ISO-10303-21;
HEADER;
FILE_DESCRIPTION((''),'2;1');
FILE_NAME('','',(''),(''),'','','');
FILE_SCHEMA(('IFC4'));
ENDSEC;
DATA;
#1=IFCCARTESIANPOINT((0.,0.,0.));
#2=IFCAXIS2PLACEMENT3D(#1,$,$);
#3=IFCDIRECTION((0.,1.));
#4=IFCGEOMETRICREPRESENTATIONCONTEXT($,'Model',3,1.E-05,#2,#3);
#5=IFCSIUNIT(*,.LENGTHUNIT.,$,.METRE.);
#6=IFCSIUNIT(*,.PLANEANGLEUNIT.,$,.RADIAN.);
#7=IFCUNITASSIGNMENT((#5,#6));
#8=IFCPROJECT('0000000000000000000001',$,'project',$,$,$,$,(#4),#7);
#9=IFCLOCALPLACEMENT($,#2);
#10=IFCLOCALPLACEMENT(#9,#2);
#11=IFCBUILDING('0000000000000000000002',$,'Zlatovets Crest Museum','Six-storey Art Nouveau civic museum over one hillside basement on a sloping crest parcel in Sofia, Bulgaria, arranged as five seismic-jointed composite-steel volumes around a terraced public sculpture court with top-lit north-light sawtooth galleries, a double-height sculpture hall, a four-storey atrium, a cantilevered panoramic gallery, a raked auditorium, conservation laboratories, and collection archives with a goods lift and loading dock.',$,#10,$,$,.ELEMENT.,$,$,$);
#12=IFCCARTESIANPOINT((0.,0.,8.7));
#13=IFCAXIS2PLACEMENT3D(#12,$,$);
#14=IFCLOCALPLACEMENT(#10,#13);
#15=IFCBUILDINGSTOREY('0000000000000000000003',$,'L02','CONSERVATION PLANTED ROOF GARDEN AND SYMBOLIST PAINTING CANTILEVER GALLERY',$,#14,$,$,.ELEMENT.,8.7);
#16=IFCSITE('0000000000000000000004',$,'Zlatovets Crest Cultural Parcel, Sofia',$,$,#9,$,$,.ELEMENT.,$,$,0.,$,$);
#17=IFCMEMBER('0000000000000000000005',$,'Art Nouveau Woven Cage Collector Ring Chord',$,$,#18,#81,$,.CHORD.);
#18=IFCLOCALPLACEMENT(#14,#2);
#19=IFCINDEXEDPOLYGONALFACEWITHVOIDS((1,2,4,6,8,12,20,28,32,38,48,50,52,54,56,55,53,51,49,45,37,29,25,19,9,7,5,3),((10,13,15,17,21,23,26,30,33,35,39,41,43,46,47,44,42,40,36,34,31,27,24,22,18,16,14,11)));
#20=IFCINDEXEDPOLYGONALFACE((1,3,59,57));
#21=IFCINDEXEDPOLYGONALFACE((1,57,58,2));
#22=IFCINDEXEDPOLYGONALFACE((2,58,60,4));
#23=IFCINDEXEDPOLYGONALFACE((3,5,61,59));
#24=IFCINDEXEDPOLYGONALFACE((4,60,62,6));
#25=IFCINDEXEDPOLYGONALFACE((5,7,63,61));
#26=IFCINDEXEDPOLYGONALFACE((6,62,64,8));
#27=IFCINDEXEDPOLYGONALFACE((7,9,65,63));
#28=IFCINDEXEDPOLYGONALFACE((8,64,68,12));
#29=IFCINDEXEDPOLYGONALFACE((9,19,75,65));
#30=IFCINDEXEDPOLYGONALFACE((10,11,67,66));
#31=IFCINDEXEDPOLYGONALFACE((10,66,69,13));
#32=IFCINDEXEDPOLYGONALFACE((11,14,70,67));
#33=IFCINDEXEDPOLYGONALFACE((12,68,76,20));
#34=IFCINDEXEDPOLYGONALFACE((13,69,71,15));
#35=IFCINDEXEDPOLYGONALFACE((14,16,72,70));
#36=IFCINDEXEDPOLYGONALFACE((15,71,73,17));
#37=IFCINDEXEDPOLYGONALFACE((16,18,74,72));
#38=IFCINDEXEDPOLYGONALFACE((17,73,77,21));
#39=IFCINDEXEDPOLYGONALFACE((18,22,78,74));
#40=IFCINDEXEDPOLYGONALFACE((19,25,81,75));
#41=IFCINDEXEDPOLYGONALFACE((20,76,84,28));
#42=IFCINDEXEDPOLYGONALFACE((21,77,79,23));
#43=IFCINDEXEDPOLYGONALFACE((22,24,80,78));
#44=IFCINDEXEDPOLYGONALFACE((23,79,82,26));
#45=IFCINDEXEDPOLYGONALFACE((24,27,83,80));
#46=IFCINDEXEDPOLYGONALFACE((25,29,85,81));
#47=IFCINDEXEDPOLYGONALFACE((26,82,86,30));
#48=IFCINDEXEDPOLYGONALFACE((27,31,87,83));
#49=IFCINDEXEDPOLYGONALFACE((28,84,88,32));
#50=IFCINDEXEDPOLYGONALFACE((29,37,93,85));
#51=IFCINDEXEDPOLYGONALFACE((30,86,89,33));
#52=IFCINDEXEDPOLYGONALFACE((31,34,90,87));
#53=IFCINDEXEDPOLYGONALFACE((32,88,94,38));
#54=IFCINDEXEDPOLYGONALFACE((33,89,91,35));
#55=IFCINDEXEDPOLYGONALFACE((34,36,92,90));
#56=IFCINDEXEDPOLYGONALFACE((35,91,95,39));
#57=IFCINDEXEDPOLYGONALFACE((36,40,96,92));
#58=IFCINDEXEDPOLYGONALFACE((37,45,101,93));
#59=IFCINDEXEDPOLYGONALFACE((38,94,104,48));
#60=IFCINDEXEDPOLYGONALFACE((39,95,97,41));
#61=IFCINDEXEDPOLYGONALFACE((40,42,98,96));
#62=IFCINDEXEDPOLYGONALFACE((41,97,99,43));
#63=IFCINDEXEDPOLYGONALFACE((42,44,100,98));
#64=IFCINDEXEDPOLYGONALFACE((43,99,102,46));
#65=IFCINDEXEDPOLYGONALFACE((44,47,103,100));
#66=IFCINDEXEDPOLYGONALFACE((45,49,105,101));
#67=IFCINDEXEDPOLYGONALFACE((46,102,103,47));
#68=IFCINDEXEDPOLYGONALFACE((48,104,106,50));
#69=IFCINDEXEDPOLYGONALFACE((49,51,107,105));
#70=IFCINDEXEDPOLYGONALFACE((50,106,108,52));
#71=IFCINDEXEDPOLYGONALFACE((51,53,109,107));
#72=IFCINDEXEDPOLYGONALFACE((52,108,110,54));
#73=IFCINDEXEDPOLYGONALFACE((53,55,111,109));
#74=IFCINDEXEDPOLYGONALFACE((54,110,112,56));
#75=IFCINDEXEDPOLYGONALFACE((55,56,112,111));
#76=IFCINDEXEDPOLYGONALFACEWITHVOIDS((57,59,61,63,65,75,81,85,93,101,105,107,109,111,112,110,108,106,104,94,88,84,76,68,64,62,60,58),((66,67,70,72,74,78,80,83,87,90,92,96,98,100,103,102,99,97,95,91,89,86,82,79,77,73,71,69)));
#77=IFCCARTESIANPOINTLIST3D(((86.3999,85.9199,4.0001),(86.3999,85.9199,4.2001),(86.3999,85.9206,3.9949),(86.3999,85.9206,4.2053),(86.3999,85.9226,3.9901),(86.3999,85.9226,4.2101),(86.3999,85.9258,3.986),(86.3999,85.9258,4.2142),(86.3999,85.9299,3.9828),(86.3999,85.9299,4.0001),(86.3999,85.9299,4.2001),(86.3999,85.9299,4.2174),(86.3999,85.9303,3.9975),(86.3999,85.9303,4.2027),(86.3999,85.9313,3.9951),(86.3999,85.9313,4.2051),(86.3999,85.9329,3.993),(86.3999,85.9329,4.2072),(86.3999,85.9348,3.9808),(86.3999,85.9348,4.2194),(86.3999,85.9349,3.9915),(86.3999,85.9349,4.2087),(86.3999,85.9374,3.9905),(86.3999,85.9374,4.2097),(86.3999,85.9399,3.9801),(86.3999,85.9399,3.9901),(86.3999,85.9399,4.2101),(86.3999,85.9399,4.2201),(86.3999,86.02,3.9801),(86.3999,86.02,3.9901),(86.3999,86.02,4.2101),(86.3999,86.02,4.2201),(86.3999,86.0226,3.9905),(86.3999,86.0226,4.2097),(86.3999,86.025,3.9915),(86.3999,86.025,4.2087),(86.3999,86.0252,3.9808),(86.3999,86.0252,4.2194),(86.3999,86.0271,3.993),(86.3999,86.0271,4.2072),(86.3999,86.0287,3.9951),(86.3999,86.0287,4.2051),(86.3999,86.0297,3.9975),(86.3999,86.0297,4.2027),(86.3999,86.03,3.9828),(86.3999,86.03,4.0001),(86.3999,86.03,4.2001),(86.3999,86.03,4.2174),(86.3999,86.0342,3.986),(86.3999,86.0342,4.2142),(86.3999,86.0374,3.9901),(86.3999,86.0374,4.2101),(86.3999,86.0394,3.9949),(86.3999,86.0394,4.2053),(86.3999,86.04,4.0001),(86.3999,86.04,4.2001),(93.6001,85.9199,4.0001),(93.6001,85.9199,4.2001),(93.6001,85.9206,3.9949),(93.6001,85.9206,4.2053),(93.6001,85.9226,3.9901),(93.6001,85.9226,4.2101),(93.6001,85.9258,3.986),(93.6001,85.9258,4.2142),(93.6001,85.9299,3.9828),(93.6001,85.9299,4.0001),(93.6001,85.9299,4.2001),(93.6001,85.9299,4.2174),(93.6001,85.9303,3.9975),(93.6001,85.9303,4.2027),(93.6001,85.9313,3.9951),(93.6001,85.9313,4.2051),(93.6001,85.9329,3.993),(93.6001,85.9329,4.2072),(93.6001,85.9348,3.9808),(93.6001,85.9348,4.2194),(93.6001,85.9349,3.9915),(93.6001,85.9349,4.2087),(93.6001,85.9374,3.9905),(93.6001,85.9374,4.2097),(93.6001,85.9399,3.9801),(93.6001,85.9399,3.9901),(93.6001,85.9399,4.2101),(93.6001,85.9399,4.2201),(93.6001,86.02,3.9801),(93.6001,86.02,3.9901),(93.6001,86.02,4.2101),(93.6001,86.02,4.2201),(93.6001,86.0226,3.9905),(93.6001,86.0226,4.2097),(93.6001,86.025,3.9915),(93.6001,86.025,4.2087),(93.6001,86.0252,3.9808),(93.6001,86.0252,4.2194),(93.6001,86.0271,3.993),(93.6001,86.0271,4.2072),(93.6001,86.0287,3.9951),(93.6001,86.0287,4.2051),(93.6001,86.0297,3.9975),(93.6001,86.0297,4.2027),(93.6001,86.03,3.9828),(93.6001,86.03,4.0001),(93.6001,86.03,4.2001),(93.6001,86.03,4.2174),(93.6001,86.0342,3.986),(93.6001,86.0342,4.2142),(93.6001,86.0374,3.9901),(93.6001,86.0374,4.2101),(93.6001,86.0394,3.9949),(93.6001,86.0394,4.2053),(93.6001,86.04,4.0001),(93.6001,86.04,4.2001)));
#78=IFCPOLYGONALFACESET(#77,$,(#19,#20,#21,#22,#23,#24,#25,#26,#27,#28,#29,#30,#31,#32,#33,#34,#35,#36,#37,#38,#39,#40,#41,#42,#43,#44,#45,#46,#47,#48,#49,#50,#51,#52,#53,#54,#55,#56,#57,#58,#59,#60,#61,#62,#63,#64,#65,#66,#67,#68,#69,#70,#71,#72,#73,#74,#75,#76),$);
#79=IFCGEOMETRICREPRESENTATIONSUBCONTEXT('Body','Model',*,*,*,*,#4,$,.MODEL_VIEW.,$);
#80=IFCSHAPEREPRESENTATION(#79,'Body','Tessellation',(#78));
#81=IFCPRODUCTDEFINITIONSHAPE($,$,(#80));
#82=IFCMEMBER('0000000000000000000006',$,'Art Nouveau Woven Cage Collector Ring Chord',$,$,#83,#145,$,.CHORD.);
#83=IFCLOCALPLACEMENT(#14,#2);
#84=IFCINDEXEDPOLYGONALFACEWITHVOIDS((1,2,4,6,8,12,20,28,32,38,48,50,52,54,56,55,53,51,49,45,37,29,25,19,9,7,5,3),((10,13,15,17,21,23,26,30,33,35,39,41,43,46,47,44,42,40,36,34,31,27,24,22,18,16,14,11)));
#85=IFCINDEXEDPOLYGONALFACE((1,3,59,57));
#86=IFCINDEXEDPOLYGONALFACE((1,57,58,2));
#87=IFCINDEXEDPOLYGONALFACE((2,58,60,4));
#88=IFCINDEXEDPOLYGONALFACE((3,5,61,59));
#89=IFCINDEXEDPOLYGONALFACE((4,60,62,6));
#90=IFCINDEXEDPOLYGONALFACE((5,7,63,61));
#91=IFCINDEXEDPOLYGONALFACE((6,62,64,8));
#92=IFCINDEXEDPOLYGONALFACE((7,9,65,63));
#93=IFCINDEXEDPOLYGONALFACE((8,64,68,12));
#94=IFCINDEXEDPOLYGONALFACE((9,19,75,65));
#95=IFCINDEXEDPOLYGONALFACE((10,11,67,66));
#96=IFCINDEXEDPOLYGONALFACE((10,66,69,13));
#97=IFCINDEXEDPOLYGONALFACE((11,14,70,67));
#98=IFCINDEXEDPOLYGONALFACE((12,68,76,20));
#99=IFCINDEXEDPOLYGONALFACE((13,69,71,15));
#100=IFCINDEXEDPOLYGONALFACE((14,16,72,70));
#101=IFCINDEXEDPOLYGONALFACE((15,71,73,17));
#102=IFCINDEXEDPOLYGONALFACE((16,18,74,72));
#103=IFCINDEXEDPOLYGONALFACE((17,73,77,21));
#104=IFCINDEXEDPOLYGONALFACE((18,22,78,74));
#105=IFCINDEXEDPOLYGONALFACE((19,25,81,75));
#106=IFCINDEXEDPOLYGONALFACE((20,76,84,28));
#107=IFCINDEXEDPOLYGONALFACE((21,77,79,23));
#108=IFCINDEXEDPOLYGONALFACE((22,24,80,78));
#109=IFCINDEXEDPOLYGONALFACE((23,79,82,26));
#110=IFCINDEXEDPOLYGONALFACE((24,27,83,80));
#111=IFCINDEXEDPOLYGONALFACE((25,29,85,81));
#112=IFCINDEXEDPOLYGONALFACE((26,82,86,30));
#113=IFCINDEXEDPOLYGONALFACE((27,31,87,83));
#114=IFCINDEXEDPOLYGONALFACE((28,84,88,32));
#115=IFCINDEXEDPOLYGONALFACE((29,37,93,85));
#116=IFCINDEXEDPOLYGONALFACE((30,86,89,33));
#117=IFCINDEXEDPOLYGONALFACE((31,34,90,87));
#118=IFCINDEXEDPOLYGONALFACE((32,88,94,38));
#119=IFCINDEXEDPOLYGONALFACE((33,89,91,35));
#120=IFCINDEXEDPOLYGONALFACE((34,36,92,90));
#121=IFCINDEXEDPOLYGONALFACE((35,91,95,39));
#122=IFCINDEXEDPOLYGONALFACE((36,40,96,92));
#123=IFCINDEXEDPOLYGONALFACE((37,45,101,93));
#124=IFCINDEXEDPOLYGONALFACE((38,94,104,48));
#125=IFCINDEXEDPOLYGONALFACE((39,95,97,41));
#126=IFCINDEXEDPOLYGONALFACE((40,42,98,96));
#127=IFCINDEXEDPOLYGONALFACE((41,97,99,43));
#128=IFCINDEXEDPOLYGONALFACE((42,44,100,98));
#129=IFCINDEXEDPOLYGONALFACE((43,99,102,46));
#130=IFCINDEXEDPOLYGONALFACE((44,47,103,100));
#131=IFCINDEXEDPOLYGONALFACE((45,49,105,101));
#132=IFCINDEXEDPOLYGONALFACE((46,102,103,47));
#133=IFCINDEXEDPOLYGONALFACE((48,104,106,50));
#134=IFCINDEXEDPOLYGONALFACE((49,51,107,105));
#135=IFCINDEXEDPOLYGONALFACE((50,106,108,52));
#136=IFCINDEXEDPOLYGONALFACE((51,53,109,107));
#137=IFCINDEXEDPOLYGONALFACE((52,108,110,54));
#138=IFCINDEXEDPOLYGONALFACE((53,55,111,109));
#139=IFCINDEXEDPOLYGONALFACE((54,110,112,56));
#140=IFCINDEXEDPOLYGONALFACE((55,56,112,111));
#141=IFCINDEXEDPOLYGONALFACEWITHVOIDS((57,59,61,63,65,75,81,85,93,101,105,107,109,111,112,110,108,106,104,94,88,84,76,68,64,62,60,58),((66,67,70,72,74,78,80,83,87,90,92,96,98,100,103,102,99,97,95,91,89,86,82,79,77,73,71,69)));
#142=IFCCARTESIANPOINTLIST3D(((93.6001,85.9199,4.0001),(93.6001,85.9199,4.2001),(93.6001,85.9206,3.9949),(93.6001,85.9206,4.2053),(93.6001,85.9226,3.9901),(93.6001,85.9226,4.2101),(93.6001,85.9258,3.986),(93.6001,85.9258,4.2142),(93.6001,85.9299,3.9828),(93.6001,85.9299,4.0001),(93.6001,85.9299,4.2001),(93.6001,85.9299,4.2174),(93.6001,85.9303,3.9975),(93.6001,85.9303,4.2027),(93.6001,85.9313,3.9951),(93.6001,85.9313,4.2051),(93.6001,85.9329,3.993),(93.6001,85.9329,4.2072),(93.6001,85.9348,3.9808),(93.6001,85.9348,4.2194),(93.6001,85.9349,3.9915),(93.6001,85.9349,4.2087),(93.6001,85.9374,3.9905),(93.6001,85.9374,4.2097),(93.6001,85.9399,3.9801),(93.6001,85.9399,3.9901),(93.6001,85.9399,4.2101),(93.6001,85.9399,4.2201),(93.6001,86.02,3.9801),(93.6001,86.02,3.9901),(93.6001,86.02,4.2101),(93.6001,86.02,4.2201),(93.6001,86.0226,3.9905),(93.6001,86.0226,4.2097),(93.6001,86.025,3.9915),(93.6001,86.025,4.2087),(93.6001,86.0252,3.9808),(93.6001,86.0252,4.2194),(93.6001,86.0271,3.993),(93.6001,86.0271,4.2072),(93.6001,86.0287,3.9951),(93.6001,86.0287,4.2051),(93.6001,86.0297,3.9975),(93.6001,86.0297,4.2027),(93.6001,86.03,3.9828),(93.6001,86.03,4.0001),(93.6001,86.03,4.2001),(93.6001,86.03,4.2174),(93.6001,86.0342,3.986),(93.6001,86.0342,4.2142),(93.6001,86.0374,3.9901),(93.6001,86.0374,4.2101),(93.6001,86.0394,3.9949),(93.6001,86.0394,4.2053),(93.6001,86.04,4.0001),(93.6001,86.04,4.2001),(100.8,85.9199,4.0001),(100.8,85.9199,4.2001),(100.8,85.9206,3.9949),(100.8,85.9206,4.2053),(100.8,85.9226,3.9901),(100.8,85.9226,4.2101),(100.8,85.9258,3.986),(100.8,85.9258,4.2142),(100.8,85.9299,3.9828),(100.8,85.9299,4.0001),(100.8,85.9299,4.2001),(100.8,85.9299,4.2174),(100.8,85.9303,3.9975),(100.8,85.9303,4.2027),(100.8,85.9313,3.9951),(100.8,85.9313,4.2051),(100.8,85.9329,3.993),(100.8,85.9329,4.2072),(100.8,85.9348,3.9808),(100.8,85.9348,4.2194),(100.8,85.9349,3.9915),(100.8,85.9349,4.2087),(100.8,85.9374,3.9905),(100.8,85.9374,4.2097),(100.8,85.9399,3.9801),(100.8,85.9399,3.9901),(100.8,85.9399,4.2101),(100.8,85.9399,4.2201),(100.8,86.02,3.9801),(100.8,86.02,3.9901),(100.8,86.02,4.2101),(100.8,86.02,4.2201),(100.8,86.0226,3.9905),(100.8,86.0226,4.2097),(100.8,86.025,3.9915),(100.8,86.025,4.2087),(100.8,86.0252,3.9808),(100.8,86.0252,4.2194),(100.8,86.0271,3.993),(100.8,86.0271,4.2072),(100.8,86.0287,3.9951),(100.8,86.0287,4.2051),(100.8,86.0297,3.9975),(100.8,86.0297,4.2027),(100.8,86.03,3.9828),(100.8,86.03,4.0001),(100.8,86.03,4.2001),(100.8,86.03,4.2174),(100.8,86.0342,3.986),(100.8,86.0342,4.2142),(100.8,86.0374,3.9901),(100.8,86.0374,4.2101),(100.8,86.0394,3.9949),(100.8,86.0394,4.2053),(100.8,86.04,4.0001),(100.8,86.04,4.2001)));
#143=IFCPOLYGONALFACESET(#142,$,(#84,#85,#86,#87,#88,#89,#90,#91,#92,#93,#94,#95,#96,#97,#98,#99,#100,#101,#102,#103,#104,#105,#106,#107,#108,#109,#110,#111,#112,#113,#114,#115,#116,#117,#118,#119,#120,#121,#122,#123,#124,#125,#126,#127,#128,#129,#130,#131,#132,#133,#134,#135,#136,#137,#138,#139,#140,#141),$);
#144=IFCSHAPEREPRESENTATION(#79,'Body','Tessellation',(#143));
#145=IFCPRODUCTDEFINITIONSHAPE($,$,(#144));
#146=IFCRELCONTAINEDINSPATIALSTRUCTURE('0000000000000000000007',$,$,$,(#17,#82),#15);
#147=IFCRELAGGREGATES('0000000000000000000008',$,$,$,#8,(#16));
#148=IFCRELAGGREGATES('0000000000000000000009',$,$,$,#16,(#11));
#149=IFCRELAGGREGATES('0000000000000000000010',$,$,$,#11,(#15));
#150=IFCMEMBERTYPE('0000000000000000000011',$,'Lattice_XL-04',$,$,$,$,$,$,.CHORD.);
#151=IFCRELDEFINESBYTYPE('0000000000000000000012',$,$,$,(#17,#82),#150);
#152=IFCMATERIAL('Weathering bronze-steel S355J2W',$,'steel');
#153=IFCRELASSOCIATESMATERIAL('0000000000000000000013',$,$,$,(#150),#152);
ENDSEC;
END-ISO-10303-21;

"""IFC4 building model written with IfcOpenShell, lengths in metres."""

from ifc_helpers import new_model, si_unit, direction, frame, origin, origin_2d, place, context, subcontext, project, spatial, hollow_rectangle, extrude, material, material_profile, profile_set, type_object, element, save


model = new_model("IFC4")

# Units and contexts
model_context = context("Model", 3, precision=1e-05, world=origin(), true_north=direction((0.0, 1.0)))
body_context = subcontext(model_context, "Body", "Model", "MODEL_VIEW")
ifc_project = project(units=[si_unit("LENGTHUNIT", "METRE"), si_unit("PLANEANGLEUNIT", "RADIAN")], contexts=[model_context])

# Site, building, storey
site_placement = place(None, origin())
site = spatial("IfcSite", under=ifc_project, at=site_placement, Name="Zlatovets Crest Cultural Parcel, Sofia", CompositionType="ELEMENT", RefElevation=0.0)
building_placement = place(site_placement, origin())
building = spatial("IfcBuilding", under=site, at=building_placement, Name="Zlatovets Crest Museum", Description="Six-storey Art Nouveau civic museum over one hillside basement on a sloping crest parcel in Sofia, Bulgaria, arranged as five seismic-jointed composite-steel volumes around a terraced public sculpture court with top-lit north-light sawtooth galleries, a double-height sculpture hall, a four-storey atrium, a cantilevered panoramic gallery, a raked auditorium, conservation laboratories, and collection archives with a goods lift and loading dock.", CompositionType="ELEMENT")
storey_placement = place(building_placement, frame((0.0, 0.0, 8.7)))
storey = spatial("IfcBuildingStorey", under=building, at=storey_placement, Name="L02", Description="CONSERVATION PLANTED ROOF GARDEN AND SYMBOLIST PAINTING CANTILEVER GALLERY", CompositionType="ELEMENT", Elevation=8.7)

# Members
ifc_material_1 = material(Name="Weathering bronze-steel S355J2W", Category="steel")
ifc_material_profile_1 = material_profile(ifc_material_1, hollow_rectangle(XDim=0.1201, YDim=0.24, WallThickness=0.01, InnerFilletRadius=0.01, OuterFilletRadius=0.02, at=origin_2d()), Name="RHS 120x240x10.0")
ifc_profile_set_1 = profile_set([ifc_material_profile_1], Name="Weathering bronze-steel S355J2W")
member_type_1 = type_object("IfcMemberType", Name="Lattice_XL-04", PredefinedType="CHORD", material=ifc_profile_set_1)
member_1_placement = place(storey_placement, frame((86.3999, 85.98, 4.1001), z_axis=(1.0, 0.0, 0.0), x_axis=(0.0, 1.0, 0.0)))
element("IfcMember", 1, at=member_1_placement, inside=storey, type_object=member_type_1, Name="Art Nouveau Woven Cage Collector Ring Chord", PredefinedType="CHORD", context=body_context, shape_type="SweptSolid", body=[
    extrude(hollow_rectangle(XDim=0.1201, YDim=0.24, WallThickness=0.01, InnerFilletRadius=0.01, OuterFilletRadius=0.02, at=origin_2d()), origin(), (0.0, 0.0, 1.0), 7.2002),
])
for number, where, z_axis, x_axis, name in (
    (2, (93.6001, 85.98, 4.1001), (1.0, 0.0, 0.0), (0.0, 1.0, 0.0), "Art Nouveau Woven Cage Collector Ring Chord"),
):
    element("IfcMember", number, at=place(storey_placement, frame(where, z_axis=z_axis, x_axis=x_axis)), inside=storey, type_object=member_type_1, Name=name, PredefinedType="CHORD", context=body_context, shape_type="SweptSolid", body=[
        extrude(hollow_rectangle(XDim=0.1201, YDim=0.24, WallThickness=0.01, InnerFilletRadius=0.01, OuterFilletRadius=0.02, at=origin_2d()), origin(), (0.0, 0.0, 1.0), 7.2),
    ])

save(model, "model.ifc")
